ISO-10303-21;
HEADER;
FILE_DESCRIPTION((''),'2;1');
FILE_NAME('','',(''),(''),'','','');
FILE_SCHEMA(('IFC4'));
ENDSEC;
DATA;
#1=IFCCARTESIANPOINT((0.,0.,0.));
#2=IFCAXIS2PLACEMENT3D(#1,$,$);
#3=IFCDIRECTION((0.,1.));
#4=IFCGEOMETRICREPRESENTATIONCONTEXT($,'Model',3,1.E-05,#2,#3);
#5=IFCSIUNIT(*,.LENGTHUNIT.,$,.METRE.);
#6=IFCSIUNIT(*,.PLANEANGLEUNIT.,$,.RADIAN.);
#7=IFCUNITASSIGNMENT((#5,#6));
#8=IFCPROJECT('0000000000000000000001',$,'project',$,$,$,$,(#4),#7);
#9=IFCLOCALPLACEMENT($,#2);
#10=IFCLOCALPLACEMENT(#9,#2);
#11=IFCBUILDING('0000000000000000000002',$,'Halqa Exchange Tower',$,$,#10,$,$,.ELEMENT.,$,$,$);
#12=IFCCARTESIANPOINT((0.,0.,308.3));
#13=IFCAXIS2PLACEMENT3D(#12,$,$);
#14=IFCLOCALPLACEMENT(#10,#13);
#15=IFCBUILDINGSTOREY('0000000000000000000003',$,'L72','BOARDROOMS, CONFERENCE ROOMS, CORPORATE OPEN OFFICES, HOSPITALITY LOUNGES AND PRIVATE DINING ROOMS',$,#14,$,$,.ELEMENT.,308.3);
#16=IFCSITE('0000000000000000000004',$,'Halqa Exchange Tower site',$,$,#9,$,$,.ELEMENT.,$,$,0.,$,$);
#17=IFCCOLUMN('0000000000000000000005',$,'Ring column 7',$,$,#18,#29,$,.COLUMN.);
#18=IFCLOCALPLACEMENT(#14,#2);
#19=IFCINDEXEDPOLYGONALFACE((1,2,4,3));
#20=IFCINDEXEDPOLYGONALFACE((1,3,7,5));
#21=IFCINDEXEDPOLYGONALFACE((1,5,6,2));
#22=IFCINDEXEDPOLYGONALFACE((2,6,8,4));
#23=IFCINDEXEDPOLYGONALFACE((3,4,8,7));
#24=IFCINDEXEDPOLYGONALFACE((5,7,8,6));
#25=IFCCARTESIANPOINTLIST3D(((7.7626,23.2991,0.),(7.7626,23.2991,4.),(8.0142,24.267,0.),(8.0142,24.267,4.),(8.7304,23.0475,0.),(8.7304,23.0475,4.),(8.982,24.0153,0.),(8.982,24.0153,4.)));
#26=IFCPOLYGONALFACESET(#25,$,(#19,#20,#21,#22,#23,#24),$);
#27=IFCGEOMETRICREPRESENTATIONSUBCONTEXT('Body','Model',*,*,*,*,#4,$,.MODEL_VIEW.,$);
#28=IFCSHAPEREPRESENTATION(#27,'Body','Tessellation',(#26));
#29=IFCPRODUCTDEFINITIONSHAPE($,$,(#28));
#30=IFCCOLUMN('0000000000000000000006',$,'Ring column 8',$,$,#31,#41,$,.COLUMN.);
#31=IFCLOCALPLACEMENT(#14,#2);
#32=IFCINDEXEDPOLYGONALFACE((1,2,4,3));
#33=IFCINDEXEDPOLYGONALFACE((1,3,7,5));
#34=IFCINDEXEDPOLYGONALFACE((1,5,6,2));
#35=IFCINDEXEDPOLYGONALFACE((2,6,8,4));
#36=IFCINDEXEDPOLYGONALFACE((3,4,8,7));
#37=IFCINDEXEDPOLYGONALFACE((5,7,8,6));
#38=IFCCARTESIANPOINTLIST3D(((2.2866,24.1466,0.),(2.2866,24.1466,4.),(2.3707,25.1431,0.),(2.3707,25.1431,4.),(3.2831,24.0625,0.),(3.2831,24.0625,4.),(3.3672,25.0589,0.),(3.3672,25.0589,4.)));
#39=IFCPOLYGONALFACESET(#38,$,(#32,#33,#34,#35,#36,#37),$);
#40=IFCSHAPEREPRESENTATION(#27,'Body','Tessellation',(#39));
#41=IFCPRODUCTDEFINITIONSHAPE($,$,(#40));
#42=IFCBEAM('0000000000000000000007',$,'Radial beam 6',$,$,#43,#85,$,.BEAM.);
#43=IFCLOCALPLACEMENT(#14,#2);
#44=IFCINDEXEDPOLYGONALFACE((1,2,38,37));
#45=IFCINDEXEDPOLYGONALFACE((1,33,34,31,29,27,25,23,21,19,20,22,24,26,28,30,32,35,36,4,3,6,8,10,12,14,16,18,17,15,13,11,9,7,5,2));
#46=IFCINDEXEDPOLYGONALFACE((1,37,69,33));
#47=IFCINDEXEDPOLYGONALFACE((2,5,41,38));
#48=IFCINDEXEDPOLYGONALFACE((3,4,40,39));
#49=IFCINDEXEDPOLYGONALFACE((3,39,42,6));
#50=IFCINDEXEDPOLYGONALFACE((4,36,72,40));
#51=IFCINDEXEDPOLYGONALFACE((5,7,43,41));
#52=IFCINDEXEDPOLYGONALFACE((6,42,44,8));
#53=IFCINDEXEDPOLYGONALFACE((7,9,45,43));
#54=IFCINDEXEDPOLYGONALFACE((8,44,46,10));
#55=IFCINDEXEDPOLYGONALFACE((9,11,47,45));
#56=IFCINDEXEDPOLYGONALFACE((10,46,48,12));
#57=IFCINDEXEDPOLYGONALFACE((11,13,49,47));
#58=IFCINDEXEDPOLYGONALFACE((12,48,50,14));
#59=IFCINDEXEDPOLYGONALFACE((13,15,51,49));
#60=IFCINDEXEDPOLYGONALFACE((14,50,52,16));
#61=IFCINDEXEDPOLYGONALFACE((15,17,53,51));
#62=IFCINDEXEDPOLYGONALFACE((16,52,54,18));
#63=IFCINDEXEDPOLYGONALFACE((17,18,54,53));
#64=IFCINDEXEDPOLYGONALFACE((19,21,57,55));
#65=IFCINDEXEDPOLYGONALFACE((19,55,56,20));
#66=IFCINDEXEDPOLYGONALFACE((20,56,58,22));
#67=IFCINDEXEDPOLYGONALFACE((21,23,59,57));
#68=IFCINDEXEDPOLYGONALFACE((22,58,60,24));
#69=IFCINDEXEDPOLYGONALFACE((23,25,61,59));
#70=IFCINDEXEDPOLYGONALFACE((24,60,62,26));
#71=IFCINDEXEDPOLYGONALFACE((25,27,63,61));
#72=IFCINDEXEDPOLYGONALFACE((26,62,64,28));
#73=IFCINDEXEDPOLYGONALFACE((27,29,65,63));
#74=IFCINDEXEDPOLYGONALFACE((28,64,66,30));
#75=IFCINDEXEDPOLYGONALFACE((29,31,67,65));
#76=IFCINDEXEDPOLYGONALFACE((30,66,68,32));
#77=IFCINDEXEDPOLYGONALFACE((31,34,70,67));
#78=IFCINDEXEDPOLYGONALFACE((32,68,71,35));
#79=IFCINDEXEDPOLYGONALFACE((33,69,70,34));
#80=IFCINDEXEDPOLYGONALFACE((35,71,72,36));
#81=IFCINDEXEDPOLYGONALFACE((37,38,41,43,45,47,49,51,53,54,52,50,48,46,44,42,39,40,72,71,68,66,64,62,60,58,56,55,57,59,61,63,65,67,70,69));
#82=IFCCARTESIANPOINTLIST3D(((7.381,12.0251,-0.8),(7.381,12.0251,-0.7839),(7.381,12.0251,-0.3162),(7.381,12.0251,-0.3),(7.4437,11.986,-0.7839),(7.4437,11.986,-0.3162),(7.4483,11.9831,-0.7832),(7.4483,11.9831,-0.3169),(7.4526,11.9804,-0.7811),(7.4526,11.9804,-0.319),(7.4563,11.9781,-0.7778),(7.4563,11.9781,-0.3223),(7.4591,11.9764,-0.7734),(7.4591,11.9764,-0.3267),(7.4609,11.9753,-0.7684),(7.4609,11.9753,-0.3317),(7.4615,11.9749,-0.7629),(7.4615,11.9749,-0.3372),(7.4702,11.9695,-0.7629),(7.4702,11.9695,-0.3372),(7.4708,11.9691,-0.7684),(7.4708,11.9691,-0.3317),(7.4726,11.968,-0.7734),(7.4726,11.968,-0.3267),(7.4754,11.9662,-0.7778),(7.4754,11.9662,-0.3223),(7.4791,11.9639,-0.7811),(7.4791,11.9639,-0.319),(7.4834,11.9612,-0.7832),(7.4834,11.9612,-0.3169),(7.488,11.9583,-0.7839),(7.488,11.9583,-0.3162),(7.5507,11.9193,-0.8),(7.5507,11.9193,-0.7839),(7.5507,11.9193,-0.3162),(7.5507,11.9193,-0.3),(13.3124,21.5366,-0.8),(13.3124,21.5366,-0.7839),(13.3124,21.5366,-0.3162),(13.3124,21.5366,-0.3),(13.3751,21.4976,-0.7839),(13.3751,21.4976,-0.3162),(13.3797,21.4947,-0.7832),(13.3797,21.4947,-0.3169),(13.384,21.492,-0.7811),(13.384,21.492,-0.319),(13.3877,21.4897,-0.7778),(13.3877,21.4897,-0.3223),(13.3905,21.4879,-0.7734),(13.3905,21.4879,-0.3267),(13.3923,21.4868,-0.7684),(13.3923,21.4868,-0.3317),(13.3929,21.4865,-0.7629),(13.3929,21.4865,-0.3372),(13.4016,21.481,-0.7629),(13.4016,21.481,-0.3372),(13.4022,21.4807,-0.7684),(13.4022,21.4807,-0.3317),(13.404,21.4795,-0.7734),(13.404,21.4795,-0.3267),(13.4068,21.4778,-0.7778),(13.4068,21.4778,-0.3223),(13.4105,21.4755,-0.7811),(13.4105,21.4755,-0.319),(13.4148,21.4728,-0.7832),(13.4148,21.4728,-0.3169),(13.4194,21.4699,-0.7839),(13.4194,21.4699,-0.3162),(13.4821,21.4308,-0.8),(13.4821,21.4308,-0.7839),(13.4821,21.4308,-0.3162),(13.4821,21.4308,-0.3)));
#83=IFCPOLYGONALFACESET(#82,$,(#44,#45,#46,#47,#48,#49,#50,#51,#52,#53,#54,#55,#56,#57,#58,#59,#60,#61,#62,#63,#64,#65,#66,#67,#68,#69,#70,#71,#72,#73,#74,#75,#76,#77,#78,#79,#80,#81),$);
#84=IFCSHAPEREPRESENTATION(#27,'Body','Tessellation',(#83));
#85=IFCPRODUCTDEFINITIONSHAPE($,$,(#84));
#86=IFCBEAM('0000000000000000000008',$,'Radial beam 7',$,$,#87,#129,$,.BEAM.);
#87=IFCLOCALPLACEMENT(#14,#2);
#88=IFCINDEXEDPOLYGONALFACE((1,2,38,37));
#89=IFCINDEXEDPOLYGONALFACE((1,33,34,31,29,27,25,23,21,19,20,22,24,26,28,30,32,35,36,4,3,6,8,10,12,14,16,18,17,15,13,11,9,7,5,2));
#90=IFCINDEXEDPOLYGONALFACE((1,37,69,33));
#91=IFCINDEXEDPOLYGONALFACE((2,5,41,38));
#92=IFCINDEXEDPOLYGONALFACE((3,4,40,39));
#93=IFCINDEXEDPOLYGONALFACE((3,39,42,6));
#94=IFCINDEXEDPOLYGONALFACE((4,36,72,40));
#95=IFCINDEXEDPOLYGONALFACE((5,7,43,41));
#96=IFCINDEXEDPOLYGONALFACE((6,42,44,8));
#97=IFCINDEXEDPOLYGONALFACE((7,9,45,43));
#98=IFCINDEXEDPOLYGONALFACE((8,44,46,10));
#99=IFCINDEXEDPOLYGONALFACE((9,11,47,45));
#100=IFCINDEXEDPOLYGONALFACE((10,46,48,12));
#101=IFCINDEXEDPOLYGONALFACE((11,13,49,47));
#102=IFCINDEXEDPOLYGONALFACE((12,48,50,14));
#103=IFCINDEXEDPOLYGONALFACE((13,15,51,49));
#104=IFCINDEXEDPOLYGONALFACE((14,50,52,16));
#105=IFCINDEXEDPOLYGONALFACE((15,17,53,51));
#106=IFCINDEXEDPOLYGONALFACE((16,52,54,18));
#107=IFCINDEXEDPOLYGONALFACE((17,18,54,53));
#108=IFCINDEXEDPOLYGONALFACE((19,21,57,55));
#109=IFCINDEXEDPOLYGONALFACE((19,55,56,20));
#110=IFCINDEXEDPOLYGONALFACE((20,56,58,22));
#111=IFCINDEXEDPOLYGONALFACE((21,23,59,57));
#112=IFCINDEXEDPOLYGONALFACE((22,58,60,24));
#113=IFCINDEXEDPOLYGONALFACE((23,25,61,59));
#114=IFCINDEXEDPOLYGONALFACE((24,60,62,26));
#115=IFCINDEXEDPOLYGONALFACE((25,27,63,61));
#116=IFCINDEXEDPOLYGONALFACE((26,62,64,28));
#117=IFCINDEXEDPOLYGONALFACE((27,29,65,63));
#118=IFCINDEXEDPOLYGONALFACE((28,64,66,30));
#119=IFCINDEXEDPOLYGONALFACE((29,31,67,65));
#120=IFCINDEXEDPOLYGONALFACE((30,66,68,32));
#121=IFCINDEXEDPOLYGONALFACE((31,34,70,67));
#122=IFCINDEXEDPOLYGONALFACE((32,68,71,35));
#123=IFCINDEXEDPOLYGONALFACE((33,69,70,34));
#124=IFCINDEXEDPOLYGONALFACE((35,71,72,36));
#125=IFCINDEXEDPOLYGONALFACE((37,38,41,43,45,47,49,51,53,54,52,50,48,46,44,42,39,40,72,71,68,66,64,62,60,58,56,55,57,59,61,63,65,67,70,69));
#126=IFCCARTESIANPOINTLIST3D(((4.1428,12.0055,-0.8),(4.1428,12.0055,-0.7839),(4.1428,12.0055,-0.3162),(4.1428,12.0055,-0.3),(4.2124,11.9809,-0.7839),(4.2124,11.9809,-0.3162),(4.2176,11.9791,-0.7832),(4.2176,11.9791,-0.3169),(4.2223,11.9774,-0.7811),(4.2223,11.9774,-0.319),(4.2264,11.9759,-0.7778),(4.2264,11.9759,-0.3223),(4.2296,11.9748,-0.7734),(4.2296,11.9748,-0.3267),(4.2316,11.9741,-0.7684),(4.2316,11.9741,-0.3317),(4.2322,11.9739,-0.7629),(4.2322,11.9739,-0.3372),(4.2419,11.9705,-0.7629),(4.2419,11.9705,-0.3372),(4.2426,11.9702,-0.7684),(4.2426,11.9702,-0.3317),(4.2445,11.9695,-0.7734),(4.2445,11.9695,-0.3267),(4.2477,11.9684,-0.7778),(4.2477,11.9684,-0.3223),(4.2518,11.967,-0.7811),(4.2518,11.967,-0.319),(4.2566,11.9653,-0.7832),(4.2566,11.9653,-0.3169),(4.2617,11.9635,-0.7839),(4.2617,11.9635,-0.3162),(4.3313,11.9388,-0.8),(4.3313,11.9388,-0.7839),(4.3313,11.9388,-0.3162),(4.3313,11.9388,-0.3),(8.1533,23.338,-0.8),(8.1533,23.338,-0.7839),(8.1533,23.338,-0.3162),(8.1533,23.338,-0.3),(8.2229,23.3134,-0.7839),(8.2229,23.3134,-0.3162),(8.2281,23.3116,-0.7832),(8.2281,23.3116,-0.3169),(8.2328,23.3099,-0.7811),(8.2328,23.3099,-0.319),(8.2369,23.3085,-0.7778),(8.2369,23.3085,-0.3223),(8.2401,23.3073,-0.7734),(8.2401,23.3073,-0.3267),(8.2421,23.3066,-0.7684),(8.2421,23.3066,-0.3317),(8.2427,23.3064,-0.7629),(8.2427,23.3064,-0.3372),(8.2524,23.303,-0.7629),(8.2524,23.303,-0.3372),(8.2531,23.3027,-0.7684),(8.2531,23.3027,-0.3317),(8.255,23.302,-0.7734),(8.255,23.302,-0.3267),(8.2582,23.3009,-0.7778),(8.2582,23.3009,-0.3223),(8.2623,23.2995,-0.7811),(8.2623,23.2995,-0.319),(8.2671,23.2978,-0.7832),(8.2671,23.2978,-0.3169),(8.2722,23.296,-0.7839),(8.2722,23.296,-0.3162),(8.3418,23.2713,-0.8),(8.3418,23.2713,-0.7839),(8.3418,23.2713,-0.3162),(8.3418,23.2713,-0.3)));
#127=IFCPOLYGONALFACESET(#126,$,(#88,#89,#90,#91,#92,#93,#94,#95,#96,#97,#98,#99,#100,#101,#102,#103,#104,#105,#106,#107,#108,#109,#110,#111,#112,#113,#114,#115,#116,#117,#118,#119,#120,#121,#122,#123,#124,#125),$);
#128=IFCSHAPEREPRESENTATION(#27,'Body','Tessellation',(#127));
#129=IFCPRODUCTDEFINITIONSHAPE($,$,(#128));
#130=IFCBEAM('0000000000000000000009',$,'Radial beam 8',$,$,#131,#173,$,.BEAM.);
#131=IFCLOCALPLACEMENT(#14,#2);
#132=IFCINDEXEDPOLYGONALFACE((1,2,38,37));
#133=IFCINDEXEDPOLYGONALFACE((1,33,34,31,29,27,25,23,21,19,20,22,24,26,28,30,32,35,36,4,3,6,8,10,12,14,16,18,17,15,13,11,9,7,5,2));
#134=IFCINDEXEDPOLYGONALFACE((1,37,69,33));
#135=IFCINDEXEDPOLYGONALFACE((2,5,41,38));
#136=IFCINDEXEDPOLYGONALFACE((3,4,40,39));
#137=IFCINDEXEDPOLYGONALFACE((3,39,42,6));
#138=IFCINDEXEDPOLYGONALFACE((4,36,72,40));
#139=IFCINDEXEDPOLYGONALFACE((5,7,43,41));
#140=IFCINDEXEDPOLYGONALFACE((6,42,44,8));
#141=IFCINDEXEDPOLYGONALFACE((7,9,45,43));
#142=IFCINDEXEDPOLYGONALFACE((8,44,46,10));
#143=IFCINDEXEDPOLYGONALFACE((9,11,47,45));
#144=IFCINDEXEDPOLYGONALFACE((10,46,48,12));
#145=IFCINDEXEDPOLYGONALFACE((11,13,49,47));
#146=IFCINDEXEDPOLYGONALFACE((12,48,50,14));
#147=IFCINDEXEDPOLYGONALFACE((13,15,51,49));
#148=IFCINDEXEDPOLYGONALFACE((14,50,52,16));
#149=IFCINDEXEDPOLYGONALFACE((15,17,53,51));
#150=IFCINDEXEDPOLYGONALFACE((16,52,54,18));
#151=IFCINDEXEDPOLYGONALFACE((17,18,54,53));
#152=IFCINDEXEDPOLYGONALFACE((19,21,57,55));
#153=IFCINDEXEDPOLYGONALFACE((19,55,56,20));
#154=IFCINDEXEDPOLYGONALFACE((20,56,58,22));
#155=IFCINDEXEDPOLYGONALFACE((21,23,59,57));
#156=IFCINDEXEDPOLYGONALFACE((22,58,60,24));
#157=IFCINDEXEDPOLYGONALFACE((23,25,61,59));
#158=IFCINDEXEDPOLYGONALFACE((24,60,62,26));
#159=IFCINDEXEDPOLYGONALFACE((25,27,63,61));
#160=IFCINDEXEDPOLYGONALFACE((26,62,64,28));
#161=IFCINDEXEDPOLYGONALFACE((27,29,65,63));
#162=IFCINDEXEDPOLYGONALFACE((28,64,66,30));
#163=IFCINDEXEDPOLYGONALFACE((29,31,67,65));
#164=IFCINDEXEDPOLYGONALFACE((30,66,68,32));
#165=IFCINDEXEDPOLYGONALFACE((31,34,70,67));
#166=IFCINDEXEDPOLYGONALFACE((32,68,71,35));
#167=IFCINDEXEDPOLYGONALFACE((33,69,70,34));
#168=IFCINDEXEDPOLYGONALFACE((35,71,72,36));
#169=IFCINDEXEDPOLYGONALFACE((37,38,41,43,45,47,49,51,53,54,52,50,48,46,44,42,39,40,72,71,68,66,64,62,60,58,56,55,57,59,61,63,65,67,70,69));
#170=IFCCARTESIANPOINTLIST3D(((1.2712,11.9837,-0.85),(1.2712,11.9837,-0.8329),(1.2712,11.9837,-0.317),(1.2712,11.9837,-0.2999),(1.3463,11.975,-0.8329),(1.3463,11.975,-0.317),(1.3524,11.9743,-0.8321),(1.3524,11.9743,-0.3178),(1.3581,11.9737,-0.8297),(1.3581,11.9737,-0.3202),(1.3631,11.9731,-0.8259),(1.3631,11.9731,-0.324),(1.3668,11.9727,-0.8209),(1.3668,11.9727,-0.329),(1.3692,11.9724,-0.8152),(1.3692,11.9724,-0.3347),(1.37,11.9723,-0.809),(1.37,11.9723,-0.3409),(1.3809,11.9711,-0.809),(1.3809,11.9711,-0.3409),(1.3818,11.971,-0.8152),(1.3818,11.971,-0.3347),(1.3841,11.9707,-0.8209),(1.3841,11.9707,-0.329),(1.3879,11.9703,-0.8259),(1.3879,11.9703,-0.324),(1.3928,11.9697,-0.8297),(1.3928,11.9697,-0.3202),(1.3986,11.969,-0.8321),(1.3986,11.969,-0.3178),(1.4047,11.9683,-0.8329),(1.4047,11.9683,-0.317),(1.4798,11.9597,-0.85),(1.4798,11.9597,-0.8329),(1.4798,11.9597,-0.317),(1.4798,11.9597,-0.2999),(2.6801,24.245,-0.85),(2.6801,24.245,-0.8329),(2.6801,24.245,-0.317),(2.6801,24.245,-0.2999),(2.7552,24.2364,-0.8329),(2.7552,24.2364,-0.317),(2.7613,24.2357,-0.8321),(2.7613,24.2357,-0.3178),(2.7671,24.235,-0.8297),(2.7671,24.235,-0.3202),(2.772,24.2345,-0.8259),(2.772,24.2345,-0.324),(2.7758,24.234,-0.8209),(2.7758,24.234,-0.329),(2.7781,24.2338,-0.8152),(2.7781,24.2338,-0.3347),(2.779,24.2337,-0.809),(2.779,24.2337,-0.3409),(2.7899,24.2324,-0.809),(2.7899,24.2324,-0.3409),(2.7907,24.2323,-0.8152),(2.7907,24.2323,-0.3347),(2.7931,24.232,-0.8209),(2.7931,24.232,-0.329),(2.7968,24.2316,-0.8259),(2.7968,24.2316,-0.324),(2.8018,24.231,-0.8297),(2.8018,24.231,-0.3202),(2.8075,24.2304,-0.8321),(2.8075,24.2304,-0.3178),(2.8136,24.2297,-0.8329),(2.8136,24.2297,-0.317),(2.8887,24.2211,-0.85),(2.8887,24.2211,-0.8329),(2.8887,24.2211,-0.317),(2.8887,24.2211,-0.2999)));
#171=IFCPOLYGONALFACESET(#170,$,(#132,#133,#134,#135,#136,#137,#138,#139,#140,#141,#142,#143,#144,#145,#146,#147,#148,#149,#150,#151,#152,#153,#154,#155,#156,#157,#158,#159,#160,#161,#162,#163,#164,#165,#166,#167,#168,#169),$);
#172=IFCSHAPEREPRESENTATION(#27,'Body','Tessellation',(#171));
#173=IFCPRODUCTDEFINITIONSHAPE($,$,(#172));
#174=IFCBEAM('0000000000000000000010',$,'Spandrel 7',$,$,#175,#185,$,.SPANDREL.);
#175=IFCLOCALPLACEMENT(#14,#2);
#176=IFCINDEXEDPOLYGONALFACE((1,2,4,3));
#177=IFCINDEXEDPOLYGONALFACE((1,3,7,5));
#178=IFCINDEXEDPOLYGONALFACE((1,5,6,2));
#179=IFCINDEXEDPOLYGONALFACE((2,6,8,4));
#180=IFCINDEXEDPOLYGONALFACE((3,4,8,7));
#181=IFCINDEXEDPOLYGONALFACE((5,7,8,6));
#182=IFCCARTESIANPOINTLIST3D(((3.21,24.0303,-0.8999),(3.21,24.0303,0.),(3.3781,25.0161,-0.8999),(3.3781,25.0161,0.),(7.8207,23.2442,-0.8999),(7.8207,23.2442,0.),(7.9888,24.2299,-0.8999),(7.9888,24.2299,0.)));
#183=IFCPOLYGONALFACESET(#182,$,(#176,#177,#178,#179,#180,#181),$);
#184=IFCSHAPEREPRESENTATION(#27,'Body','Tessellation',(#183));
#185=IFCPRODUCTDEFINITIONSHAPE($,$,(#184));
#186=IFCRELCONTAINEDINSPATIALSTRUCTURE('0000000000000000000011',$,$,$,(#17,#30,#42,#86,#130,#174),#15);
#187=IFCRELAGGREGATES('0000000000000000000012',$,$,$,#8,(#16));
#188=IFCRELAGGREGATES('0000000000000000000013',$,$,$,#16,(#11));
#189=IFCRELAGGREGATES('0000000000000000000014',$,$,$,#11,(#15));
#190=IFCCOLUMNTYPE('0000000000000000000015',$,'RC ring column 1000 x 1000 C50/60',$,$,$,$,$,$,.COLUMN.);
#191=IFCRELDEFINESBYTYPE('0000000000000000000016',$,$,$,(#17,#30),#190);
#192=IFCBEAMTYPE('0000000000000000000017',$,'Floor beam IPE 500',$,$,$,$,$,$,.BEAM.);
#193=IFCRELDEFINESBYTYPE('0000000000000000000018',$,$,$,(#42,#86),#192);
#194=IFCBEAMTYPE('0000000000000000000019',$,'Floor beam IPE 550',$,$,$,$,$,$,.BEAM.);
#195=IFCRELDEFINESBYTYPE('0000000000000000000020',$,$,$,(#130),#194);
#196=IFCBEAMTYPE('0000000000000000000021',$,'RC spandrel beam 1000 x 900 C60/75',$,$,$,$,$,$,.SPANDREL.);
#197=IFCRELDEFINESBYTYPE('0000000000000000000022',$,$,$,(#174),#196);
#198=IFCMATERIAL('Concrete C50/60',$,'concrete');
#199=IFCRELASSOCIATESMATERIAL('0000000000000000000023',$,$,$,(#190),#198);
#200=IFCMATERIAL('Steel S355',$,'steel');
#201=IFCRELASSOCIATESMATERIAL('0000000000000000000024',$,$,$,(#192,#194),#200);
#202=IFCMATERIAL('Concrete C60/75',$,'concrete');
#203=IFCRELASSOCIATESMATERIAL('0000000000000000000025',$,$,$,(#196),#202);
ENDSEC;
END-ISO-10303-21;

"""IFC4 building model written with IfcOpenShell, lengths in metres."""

from ifc_helpers import new_model, si_unit, direction, frame, origin, origin_2d, place, context, subcontext, project, spatial, rectangle, i_section, extrude, material, material_profile, profile_set, type_object, element, save


model = new_model("IFC4")

# Units and contexts
model_context = context("Model", 3, precision=1e-05, world=origin(), true_north=direction((0.0, 1.0)))
body_context = subcontext(model_context, "Body", "Model", "MODEL_VIEW")
ifc_project = project(units=[si_unit("LENGTHUNIT", "METRE"), si_unit("PLANEANGLEUNIT", "RADIAN")], contexts=[model_context])

# Site, building, storey
site_placement = place(None, origin())
site = spatial("IfcSite", under=ifc_project, at=site_placement, Name="Halqa Exchange Tower site", CompositionType="ELEMENT", RefElevation=0.0)
building_placement = place(site_placement, origin())
building = spatial("IfcBuilding", under=site, at=building_placement, Name="Halqa Exchange Tower", CompositionType="ELEMENT")
storey_placement = place(building_placement, frame((0.0, 0.0, 308.3)))
storey = spatial("IfcBuildingStorey", under=building, at=storey_placement, Name="L72", Description="BOARDROOMS, CONFERENCE ROOMS, CORPORATE OPEN OFFICES, HOSPITALITY LOUNGES AND PRIVATE DINING ROOMS", CompositionType="ELEMENT", Elevation=308.3)

# Columns
ifc_material_1 = material(Name="Concrete C50/60", Category="concrete")
ifc_material_profile_1 = material_profile(ifc_material_1, rectangle(XDim=1.0, YDim=1.0, at=origin_2d()), Name="1000 x 1000")
ifc_profile_set_1 = profile_set([ifc_material_profile_1], Name="Concrete C50/60")
column_type = type_object("IfcColumnType", Name="RC ring column 1000 x 1000 C50/60", PredefinedType="COLUMN", material=ifc_profile_set_1)
for number, where, z_axis, x_axis, name in (
    (1, (8.3723, 23.6572, 0.0), (0.0, 0.0, 1.0), (-0.96782, 0.251645, 0.0), "Ring column 7"),
    (2, (2.8269, 24.6028, 0.0), (0.0, 0.0, 1.0), (-0.996455, 0.084125, 0.0), "Ring column 8"),
):
    element("IfcColumn", number, at=place(storey_placement, frame(where, z_axis=z_axis, x_axis=x_axis)), inside=storey, type_object=column_type, Name=name, PredefinedType="COLUMN", context=body_context, shape_type="SweptSolid", body=[
        extrude(rectangle(XDim=1.0, YDim=1.0, at=origin_2d()), origin(), (0.0, 0.0, 1.0), 4.0),
    ])

# Beams
ifc_material_2 = material(Name="Steel S355", Category="steel")
ifc_material_profile_2 = material_profile(ifc_material_2, i_section(OverallWidth=0.2, OverallDepth=0.5, WebThickness=0.0103, FlangeThickness=0.0161, FilletRadius=0.021, at=origin_2d()), Name="IPE 500")
ifc_profile_set_2 = profile_set([ifc_material_profile_2], Name="Steel S355")
beam_type_1 = type_object("IfcBeamType", Name="Floor beam IPE 500", PredefinedType="BEAM", material=ifc_profile_set_2)
beam_1_placement = place(storey_placement, frame((7.4658, 11.9722, -0.55), z_axis=(0.529147, 0.84853, 0.0), x_axis=(-0.84853, 0.529147, 0.0)))
element("IfcBeam", 3, at=beam_1_placement, inside=storey, type_object=beam_type_1, Name="Radial beam 6", PredefinedType="BEAM", context=body_context, shape_type="SweptSolid", body=[
    extrude(i_section(OverallWidth=0.2, OverallDepth=0.5, WebThickness=0.0103, FlangeThickness=0.0161, FilletRadius=0.021, at=origin_2d()), origin(), (0.0, 0.0, 1.0), 11.2095),
])
beam_2_placement = place(storey_placement, frame((4.2371, 11.9722, -0.55), z_axis=(0.333618, 0.942708, 0.0), x_axis=(-0.942708, 0.333618, 0.0)))
element("IfcBeam", 4, at=beam_2_placement, inside=storey, type_object=beam_type_1, Name="Radial beam 7", PredefinedType="BEAM", context=body_context, shape_type="SweptSolid", body=[
    extrude(i_section(OverallWidth=0.2, OverallDepth=0.5, WebThickness=0.0103, FlangeThickness=0.0161, FilletRadius=0.021, at=origin_2d()), origin(), (0.0, 0.0, 1.0), 12.0212),
])
ifc_material_profile_3 = material_profile(ifc_material_2, i_section(OverallWidth=0.21, OverallDepth=0.55, WebThickness=0.011, FlangeThickness=0.0171, FilletRadius=0.0239, at=origin_2d()), Name="IPE 550")
ifc_profile_set_3 = profile_set([ifc_material_profile_3], Name="Steel S355")
beam_type_2 = type_object("IfcBeamType", Name="Floor beam IPE 550", PredefinedType="BEAM", material=ifc_profile_set_3)
beam_3_placement = place(storey_placement, frame((1.3755, 11.9717, -0.575), z_axis=(0.114156, 0.993463, 0.0), x_axis=(-0.993463, 0.114156, 0.0)))
element("IfcBeam", 5, at=beam_3_placement, inside=storey, type_object=beam_type_2, Name="Radial beam 8", PredefinedType="BEAM", context=body_context, shape_type="SweptSolid", body=[
    extrude(i_section(OverallWidth=0.21, OverallDepth=0.55, WebThickness=0.011, FlangeThickness=0.0171, FilletRadius=0.0239, at=origin_2d()), origin(), (0.0, 0.0, 1.0), 12.342),
])
ifc_material_3 = material(Name="Concrete C60/75", Category="concrete")
ifc_material_profile_4 = material_profile(ifc_material_3, rectangle(XDim=1.0, YDim=0.8999, at=origin_2d()), Name="1000 x 900")
ifc_profile_set_4 = profile_set([ifc_material_profile_4], Name="Concrete C60/75")
beam_type_3 = type_object("IfcBeamType", Name="RC spandrel beam 1000 x 900 C60/75", PredefinedType="SPANDREL", material=ifc_profile_set_4)
beam_4_placement = place(storey_placement, frame((7.9048, 23.7371, -0.45), z_axis=(-0.985773, 0.16808, 0.0), x_axis=(-0.16808, -0.985773, 0.0)))
element("IfcBeam", 6, at=beam_4_placement, inside=storey, type_object=beam_type_3, Name="Spandrel 7", PredefinedType="SPANDREL", context=body_context, shape_type="SweptSolid", body=[
    extrude(rectangle(XDim=1.0, YDim=0.8999, at=origin_2d()), origin(), (0.0, 0.0, 1.0), 4.6772),
])

save(model, "model.ifc")
